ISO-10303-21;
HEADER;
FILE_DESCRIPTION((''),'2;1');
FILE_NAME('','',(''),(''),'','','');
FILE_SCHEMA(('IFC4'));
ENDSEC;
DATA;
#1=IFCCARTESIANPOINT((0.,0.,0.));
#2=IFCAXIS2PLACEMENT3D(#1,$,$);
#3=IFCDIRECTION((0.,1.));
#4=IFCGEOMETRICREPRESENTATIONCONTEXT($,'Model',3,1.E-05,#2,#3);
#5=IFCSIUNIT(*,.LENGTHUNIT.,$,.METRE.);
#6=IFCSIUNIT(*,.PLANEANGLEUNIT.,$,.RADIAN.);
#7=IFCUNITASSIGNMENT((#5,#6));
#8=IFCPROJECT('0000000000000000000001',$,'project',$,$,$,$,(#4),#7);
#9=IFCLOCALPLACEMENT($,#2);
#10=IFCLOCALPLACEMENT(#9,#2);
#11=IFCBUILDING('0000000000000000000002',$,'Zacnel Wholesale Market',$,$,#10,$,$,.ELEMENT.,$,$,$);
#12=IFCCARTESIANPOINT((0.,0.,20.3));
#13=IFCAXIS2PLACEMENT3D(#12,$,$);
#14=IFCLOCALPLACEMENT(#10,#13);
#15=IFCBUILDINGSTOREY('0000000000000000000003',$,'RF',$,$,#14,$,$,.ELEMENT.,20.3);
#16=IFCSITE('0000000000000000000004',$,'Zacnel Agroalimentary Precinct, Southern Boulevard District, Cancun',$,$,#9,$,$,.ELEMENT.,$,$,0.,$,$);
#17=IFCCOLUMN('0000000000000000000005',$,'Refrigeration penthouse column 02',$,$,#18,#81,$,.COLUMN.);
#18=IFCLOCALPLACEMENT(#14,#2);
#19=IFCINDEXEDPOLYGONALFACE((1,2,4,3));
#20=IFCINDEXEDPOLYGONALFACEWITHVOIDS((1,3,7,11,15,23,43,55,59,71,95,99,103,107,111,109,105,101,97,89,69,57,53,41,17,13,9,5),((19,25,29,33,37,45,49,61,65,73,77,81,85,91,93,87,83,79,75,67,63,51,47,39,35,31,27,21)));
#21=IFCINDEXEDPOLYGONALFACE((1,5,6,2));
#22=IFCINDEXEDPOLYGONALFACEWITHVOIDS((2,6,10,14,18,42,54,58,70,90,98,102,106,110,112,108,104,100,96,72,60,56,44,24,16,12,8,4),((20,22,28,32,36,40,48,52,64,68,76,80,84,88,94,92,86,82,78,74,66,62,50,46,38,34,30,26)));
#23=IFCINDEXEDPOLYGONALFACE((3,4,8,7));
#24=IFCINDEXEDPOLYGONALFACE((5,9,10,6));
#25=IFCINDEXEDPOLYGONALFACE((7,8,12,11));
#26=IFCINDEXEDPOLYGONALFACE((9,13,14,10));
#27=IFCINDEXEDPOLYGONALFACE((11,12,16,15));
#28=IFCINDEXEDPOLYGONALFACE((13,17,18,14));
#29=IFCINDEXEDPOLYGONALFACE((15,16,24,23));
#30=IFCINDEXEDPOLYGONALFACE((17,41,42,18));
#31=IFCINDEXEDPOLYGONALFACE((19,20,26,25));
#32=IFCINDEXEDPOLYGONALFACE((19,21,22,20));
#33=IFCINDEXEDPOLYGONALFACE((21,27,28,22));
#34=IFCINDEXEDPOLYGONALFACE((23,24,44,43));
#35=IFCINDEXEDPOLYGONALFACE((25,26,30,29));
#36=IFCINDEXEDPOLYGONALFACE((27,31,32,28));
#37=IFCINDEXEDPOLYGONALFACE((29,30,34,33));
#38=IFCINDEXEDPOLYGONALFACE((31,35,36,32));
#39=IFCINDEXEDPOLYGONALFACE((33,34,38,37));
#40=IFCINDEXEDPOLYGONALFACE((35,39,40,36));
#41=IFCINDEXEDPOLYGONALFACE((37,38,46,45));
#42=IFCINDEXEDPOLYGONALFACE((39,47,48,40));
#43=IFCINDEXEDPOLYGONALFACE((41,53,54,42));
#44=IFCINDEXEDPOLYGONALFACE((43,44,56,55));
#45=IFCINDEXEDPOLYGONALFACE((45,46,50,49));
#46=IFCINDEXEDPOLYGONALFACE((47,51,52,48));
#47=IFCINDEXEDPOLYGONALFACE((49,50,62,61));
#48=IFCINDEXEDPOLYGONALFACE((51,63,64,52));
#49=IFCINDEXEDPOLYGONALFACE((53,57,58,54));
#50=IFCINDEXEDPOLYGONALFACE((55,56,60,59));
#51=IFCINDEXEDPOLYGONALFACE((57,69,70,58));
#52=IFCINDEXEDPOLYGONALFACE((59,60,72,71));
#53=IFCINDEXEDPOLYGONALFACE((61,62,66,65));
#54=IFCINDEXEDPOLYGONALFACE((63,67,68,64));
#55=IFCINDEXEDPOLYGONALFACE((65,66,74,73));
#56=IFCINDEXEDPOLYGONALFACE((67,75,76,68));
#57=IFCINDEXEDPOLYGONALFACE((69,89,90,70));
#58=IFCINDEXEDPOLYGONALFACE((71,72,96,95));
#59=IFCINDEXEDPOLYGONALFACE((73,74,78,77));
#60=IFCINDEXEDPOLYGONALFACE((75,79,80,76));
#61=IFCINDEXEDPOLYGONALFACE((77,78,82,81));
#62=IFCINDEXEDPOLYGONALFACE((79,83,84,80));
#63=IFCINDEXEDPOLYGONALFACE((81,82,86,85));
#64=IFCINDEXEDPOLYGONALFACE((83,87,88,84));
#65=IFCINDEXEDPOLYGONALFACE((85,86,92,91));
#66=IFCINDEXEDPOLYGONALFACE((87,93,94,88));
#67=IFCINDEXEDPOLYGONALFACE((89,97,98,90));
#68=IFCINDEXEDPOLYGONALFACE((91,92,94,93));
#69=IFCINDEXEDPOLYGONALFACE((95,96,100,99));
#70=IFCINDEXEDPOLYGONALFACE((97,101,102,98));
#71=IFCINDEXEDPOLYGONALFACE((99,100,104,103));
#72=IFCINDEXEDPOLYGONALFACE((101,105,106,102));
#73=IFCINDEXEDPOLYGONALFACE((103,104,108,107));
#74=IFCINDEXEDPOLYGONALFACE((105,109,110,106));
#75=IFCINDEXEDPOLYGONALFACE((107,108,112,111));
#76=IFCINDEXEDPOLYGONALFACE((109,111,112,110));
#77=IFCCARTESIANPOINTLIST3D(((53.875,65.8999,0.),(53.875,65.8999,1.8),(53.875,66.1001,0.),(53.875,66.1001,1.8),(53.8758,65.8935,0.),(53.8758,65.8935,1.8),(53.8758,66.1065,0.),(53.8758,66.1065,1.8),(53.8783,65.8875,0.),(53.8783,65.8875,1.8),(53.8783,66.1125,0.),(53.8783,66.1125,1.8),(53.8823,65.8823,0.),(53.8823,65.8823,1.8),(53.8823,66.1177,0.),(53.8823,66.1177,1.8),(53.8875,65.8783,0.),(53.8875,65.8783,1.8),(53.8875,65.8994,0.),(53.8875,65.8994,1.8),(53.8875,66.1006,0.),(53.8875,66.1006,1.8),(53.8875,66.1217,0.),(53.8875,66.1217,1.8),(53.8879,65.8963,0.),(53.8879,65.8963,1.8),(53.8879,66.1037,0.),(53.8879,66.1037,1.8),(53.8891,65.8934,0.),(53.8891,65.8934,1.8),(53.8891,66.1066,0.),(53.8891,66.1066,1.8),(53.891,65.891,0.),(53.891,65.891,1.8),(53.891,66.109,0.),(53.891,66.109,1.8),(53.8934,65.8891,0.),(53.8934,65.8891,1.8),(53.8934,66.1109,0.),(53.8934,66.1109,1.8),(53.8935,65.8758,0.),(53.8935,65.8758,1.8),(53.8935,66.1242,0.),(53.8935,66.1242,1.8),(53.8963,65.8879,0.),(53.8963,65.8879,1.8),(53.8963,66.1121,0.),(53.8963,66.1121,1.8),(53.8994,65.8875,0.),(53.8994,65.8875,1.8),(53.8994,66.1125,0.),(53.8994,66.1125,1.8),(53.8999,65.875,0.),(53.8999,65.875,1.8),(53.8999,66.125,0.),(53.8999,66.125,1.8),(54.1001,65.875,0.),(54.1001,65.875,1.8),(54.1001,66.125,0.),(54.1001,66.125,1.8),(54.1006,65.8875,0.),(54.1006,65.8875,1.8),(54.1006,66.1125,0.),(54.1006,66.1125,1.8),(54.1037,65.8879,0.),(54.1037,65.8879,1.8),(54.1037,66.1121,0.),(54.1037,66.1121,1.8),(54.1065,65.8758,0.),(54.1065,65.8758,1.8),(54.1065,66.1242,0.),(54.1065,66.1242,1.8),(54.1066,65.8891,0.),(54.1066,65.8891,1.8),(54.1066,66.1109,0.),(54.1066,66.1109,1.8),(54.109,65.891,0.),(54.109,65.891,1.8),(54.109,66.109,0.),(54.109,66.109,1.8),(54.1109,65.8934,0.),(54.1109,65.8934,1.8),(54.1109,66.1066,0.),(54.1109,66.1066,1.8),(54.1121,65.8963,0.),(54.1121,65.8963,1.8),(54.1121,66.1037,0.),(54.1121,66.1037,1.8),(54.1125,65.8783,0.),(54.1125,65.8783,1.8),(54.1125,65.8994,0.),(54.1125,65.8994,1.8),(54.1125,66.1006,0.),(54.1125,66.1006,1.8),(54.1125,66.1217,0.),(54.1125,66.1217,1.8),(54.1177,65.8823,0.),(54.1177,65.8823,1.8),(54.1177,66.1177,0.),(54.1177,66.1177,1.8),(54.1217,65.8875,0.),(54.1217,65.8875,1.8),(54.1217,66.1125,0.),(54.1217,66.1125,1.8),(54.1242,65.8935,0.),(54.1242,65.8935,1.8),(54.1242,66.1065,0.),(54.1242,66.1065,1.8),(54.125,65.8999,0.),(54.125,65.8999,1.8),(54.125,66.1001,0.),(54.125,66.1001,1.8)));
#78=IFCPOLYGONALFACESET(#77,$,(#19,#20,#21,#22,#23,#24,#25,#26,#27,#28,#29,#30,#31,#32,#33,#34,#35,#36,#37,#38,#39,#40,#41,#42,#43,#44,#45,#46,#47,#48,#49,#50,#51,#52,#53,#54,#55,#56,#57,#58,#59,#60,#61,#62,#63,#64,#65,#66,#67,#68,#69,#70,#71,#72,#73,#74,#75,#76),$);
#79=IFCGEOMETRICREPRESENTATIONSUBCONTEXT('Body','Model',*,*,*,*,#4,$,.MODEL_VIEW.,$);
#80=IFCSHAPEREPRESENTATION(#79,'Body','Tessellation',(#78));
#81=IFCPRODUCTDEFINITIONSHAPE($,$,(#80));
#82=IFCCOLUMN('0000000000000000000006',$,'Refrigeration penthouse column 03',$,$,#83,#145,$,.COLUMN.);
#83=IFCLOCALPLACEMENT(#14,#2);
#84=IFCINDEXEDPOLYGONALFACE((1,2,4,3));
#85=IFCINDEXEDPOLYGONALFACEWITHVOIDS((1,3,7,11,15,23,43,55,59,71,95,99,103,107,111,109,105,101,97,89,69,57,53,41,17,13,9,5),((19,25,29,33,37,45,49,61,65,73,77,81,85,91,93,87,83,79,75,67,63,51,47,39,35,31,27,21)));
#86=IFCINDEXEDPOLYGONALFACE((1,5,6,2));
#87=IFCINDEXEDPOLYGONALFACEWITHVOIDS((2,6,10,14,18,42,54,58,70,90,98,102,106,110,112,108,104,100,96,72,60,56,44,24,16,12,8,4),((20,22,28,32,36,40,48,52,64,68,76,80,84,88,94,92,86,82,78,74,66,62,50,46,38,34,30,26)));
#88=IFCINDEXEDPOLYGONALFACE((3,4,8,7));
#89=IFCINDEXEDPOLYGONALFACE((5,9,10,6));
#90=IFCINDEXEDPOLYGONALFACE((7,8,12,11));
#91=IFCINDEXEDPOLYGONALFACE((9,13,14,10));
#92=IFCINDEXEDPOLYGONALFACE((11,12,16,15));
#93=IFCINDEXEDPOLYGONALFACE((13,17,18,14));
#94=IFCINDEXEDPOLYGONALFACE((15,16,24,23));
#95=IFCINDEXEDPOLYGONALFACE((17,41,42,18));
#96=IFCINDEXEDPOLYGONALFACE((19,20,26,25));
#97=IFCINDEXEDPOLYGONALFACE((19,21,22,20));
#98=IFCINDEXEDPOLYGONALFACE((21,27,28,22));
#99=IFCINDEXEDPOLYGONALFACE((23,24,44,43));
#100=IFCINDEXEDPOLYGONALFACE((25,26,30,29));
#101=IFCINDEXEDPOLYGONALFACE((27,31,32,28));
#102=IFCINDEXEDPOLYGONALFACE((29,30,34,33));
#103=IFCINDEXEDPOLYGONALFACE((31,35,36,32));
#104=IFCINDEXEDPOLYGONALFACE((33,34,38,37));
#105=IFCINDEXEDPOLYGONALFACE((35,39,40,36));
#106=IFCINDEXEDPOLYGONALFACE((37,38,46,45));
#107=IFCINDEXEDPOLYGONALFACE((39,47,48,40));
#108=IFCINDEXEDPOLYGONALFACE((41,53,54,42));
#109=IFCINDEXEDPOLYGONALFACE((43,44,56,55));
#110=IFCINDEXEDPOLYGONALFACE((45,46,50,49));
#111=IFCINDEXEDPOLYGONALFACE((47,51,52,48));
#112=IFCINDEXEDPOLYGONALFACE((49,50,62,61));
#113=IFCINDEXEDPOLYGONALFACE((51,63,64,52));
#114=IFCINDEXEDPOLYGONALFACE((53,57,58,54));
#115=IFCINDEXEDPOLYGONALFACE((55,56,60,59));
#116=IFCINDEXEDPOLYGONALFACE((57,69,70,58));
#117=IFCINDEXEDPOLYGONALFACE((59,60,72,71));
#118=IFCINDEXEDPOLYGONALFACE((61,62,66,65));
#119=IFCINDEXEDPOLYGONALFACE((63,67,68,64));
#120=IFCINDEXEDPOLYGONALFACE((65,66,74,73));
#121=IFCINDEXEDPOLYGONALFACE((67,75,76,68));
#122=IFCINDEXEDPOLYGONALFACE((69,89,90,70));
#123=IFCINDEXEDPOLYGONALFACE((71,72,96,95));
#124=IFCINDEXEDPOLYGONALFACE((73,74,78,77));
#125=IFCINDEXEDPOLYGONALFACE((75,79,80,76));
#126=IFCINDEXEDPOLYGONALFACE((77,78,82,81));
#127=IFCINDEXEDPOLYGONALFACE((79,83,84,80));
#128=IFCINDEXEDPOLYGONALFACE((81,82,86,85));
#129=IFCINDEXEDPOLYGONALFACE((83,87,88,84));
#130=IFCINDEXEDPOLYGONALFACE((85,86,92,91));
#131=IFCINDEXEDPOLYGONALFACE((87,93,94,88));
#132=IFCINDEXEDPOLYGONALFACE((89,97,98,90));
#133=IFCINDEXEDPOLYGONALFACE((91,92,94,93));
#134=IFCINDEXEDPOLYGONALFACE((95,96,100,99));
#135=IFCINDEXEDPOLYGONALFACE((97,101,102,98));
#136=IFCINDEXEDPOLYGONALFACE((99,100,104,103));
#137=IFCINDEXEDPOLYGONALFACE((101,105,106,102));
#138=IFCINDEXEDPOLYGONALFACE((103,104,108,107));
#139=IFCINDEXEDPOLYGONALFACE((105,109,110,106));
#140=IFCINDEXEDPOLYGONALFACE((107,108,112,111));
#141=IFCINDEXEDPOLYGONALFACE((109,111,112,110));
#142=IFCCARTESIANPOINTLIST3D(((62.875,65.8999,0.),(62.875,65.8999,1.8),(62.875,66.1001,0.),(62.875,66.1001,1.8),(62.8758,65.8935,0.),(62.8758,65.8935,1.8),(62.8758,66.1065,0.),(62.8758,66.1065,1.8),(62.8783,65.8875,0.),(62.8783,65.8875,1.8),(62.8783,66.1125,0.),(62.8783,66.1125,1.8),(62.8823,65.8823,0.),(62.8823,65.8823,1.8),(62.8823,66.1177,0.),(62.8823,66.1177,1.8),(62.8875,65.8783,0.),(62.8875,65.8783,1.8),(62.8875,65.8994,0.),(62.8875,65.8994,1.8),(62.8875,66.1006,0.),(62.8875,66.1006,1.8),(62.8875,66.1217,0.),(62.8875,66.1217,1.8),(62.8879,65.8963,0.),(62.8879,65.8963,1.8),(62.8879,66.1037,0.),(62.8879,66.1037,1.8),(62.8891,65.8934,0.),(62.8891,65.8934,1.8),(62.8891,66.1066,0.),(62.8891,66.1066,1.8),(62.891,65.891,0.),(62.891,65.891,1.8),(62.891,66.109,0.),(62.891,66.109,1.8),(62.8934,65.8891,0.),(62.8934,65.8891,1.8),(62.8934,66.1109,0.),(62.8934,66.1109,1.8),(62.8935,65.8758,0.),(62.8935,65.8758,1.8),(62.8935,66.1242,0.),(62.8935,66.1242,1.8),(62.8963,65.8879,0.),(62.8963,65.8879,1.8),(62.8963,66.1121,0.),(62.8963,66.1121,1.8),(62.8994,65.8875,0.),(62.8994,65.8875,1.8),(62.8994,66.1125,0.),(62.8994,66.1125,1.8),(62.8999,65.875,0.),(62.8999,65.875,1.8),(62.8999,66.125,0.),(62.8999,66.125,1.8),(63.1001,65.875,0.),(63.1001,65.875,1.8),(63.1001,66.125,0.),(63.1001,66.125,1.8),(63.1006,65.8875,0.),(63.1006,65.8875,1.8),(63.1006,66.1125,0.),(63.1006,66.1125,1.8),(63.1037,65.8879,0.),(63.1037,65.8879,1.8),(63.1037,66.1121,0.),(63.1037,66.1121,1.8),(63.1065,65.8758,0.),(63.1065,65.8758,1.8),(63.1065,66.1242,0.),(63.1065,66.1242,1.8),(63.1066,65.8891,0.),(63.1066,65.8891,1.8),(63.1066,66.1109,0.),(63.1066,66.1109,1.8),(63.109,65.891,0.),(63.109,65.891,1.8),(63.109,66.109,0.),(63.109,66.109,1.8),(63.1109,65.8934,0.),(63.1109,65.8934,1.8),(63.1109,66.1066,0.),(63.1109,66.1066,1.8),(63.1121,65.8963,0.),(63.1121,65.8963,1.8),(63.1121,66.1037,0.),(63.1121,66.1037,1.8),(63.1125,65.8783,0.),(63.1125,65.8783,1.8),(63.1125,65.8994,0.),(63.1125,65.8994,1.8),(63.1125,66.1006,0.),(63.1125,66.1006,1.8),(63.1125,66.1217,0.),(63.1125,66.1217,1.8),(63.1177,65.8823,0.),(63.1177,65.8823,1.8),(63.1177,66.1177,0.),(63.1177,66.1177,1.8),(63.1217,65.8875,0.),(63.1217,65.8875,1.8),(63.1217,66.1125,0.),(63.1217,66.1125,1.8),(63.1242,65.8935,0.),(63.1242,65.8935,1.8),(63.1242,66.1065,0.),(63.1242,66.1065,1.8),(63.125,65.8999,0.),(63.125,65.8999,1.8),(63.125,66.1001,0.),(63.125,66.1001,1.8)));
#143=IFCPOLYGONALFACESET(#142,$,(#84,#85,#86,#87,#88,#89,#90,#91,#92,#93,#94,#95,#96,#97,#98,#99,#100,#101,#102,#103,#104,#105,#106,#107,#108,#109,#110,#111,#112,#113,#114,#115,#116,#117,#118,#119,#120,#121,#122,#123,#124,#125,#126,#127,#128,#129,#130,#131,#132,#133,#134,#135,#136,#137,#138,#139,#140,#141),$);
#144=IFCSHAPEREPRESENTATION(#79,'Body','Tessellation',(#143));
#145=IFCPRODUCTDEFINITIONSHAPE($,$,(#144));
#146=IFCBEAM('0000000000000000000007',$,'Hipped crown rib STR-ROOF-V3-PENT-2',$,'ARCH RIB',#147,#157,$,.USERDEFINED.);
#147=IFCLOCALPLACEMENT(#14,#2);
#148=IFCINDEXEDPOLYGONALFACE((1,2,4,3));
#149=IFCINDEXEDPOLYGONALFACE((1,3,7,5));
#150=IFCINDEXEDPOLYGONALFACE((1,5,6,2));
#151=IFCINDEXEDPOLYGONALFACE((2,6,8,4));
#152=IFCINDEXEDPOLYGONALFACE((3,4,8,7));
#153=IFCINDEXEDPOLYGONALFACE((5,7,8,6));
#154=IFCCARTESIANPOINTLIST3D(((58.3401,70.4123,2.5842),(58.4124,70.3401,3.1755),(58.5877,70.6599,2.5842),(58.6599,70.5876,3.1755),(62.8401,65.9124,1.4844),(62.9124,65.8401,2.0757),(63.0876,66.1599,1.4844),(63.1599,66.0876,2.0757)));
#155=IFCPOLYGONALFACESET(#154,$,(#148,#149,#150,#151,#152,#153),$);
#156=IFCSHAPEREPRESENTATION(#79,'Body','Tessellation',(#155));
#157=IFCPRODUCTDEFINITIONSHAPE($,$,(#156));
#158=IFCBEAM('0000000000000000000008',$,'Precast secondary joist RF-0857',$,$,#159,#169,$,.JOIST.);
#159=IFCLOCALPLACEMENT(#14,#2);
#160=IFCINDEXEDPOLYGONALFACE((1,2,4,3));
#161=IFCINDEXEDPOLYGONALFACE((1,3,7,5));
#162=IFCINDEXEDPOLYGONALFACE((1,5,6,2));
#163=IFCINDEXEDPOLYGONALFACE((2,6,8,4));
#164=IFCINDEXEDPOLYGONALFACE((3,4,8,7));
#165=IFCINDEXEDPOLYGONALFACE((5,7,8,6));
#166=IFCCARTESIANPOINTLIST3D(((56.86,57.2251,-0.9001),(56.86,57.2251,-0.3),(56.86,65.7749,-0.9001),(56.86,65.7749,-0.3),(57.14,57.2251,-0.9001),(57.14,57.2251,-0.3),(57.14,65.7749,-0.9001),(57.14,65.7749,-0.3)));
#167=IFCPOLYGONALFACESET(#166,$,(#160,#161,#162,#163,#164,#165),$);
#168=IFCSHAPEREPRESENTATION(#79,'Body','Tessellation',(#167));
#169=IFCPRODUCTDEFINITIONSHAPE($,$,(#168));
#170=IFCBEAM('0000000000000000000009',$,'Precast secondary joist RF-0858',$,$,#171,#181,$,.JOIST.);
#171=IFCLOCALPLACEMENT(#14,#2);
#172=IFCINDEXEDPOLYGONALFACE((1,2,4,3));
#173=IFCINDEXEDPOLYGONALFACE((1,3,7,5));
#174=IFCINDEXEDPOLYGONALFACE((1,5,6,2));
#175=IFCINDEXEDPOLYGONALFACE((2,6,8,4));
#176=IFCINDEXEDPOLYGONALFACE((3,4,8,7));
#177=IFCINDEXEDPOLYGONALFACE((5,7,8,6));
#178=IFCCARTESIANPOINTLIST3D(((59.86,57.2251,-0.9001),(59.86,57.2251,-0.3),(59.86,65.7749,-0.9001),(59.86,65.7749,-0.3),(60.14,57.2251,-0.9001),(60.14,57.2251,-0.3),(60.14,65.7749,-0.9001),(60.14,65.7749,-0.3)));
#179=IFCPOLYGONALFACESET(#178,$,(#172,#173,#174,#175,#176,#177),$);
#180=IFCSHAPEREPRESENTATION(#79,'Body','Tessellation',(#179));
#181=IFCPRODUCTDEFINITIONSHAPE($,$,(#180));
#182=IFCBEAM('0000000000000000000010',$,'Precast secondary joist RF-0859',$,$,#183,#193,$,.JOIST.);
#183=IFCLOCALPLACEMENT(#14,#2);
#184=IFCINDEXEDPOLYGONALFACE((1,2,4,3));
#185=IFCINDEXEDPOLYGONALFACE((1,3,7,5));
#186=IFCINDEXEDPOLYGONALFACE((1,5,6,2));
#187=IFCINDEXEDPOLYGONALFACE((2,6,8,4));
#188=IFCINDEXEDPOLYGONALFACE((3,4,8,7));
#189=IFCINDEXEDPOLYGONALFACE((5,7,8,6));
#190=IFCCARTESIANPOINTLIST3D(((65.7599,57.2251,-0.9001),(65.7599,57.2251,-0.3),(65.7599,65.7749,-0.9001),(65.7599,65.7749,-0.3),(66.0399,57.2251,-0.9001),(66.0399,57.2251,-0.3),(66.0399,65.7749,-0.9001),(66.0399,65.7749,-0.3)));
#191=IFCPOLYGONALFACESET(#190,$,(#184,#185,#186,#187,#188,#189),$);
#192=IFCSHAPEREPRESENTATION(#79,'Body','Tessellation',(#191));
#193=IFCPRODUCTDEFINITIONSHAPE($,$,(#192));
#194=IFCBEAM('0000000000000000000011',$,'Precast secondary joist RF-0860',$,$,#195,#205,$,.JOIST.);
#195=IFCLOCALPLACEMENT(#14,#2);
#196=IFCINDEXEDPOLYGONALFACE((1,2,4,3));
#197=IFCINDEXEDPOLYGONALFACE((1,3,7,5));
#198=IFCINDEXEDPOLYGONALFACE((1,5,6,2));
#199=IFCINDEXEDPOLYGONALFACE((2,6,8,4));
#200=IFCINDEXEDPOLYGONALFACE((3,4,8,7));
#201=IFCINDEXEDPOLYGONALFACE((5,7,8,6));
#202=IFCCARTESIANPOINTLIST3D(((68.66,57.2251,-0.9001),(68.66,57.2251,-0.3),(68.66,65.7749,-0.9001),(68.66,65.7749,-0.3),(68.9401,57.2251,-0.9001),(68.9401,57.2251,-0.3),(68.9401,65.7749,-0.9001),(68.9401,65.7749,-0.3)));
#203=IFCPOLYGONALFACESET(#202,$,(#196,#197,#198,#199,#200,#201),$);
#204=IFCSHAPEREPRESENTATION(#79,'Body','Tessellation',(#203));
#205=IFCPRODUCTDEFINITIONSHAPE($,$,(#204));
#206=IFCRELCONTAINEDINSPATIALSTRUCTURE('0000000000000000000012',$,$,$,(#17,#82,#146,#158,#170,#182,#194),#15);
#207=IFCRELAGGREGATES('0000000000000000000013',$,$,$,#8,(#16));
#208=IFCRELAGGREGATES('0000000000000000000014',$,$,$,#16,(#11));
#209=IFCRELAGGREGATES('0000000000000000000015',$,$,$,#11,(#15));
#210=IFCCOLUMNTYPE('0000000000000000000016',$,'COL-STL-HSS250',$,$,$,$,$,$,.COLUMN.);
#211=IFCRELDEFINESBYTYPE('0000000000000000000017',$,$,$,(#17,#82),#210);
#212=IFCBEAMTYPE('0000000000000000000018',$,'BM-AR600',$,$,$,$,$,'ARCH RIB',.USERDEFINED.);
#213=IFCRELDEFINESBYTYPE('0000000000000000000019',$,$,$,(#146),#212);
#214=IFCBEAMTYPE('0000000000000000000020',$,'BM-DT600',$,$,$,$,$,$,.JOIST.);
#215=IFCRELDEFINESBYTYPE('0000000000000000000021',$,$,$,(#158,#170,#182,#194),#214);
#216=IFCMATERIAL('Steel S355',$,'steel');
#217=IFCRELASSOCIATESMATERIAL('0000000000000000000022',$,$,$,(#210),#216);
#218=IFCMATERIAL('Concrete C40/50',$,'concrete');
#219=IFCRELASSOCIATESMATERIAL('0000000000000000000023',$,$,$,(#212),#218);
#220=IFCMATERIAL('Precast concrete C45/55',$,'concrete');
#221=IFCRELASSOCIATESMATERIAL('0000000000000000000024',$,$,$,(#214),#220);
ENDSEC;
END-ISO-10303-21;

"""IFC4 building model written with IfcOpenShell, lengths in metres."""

from ifc_helpers import new_model, si_unit, direction, frame, origin, origin_2d, place, context, subcontext, project, spatial, rectangle, hollow_rectangle, extrude, material, material_profile, profile_set, type_object, element, save


model = new_model("IFC4")

# Units and contexts
model_context = context("Model", 3, precision=1e-05, world=origin(), true_north=direction((0.0, 1.0)))
body_context = subcontext(model_context, "Body", "Model", "MODEL_VIEW")
ifc_project = project(units=[si_unit("LENGTHUNIT", "METRE"), si_unit("PLANEANGLEUNIT", "RADIAN")], contexts=[model_context])

# Site, building, storey
site_placement = place(None, origin())
site = spatial("IfcSite", under=ifc_project, at=site_placement, Name="Zacnel Agroalimentary Precinct, Southern Boulevard District, Cancun", CompositionType="ELEMENT", RefElevation=0.0)
building_placement = place(site_placement, origin())
building = spatial("IfcBuilding", under=site, at=building_placement, Name="Zacnel Wholesale Market", CompositionType="ELEMENT")
storey_placement = place(building_placement, frame((0.0, 0.0, 20.3)))
storey = spatial("IfcBuildingStorey", under=building, at=storey_placement, Name="RF", CompositionType="ELEMENT", Elevation=20.3)

# Columns
ifc_material_1 = material(Name="Steel S355", Category="steel")
ifc_material_profile_1 = material_profile(ifc_material_1, hollow_rectangle(XDim=0.25, YDim=0.25, WallThickness=0.0125, InnerFilletRadius=0.012, OuterFilletRadius=0.0249, at=origin_2d()), Name="HSS 250x250x12.5")
ifc_profile_set_1 = profile_set([ifc_material_profile_1], Name="Steel S355")
column_type = type_object("IfcColumnType", Name="COL-STL-HSS250", PredefinedType="COLUMN", material=ifc_profile_set_1)
for number, where, z_axis, x_axis, name in (
    (1, (54.0, 66.0, 0.0), (0.0, 0.0, 1.0), (1.0, 0.0, 0.0), "Refrigeration penthouse column 02"),
    (2, (63.0, 66.0, 0.0), (0.0, 0.0, 1.0), (1.0, 0.0, 0.0), "Refrigeration penthouse column 03"),
):
    element("IfcColumn", number, at=place(storey_placement, frame(where, z_axis=z_axis, x_axis=x_axis)), inside=storey, type_object=column_type, Name=name, PredefinedType="COLUMN", context=body_context, shape_type="SweptSolid", body=[
        extrude(hollow_rectangle(XDim=0.25, YDim=0.25, WallThickness=0.0125, InnerFilletRadius=0.012, OuterFilletRadius=0.0249, at=origin_2d()), origin(), (0.0, 0.0, 1.0), 1.8),
    ])

# Beams
ifc_material_2 = material(Name="Concrete C40/50", Category="concrete")
ifc_material_profile_2 = material_profile(ifc_material_2, rectangle(XDim=0.3501, YDim=0.6001, at=origin_2d()), Name="ARCH RIB 350x600")
ifc_profile_set_2 = profile_set([ifc_material_profile_2], Name="Concrete C40/50")
beam_type_1 = type_object("IfcBeamType", Name="BM-AR600", ElementType="ARCH RIB", PredefinedType="USERDEFINED", material=ifc_profile_set_2)
beam_1_placement = place(storey_placement, frame((63.0, 66.0, 1.78), z_axis=(-0.696777, 0.696777, 0.170301), x_axis=(-0.707107, -0.707107, 0.0)))
element("IfcBeam", 3, at=beam_1_placement, inside=storey, type_object=beam_type_1, Name="Hipped crown rib STR-ROOF-V3-PENT-2", ObjectType="ARCH RIB", PredefinedType="USERDEFINED", context=body_context, shape_type="SweptSolid", body=[
    extrude(rectangle(XDim=0.3501, YDim=0.6001, at=origin_2d()), origin(), (0.0, 0.0, 1.0), 6.4583),
])
ifc_material_3 = material(Name="Precast concrete C45/55", Category="concrete")
ifc_material_profile_3 = material_profile(ifc_material_3, rectangle(XDim=0.28, YDim=0.6001, at=origin_2d()), Name="DT RIB 280x600")
ifc_profile_set_3 = profile_set([ifc_material_profile_3], Name="Precast concrete C45/55")
beam_type_2 = type_object("IfcBeamType", Name="BM-DT600", PredefinedType="JOIST", material=ifc_profile_set_3)
for number, where, z_axis, x_axis, name in (
    (4, (57.0, 57.2251, -0.6001), (0.0, 1.0, 0.0), (-1.0, 0.0, 0.0), "Precast secondary joist RF-0857"),
    (5, (60.0, 57.2251, -0.6001), (0.0, 1.0, 0.0), (-1.0, 0.0, 0.0), "Precast secondary joist RF-0858"),
    (6, (65.8999, 57.2251, -0.6001), (0.0, 1.0, 0.0), (-1.0, 0.0, 0.0), "Precast secondary joist RF-0859"),
    (7, (68.8, 57.2251, -0.6001), (0.0, 1.0, 0.0), (-1.0, 0.0, 0.0), "Precast secondary joist RF-0860"),
):
    element("IfcBeam", number, at=place(storey_placement, frame(where, z_axis=z_axis, x_axis=x_axis)), inside=storey, type_object=beam_type_2, Name=name, PredefinedType="JOIST", context=body_context, shape_type="SweptSolid", body=[
        extrude(rectangle(XDim=0.28, YDim=0.6001, at=origin_2d()), origin(), (0.0, 0.0, 1.0), 8.5498),
    ])

save(model, "model.ifc")
